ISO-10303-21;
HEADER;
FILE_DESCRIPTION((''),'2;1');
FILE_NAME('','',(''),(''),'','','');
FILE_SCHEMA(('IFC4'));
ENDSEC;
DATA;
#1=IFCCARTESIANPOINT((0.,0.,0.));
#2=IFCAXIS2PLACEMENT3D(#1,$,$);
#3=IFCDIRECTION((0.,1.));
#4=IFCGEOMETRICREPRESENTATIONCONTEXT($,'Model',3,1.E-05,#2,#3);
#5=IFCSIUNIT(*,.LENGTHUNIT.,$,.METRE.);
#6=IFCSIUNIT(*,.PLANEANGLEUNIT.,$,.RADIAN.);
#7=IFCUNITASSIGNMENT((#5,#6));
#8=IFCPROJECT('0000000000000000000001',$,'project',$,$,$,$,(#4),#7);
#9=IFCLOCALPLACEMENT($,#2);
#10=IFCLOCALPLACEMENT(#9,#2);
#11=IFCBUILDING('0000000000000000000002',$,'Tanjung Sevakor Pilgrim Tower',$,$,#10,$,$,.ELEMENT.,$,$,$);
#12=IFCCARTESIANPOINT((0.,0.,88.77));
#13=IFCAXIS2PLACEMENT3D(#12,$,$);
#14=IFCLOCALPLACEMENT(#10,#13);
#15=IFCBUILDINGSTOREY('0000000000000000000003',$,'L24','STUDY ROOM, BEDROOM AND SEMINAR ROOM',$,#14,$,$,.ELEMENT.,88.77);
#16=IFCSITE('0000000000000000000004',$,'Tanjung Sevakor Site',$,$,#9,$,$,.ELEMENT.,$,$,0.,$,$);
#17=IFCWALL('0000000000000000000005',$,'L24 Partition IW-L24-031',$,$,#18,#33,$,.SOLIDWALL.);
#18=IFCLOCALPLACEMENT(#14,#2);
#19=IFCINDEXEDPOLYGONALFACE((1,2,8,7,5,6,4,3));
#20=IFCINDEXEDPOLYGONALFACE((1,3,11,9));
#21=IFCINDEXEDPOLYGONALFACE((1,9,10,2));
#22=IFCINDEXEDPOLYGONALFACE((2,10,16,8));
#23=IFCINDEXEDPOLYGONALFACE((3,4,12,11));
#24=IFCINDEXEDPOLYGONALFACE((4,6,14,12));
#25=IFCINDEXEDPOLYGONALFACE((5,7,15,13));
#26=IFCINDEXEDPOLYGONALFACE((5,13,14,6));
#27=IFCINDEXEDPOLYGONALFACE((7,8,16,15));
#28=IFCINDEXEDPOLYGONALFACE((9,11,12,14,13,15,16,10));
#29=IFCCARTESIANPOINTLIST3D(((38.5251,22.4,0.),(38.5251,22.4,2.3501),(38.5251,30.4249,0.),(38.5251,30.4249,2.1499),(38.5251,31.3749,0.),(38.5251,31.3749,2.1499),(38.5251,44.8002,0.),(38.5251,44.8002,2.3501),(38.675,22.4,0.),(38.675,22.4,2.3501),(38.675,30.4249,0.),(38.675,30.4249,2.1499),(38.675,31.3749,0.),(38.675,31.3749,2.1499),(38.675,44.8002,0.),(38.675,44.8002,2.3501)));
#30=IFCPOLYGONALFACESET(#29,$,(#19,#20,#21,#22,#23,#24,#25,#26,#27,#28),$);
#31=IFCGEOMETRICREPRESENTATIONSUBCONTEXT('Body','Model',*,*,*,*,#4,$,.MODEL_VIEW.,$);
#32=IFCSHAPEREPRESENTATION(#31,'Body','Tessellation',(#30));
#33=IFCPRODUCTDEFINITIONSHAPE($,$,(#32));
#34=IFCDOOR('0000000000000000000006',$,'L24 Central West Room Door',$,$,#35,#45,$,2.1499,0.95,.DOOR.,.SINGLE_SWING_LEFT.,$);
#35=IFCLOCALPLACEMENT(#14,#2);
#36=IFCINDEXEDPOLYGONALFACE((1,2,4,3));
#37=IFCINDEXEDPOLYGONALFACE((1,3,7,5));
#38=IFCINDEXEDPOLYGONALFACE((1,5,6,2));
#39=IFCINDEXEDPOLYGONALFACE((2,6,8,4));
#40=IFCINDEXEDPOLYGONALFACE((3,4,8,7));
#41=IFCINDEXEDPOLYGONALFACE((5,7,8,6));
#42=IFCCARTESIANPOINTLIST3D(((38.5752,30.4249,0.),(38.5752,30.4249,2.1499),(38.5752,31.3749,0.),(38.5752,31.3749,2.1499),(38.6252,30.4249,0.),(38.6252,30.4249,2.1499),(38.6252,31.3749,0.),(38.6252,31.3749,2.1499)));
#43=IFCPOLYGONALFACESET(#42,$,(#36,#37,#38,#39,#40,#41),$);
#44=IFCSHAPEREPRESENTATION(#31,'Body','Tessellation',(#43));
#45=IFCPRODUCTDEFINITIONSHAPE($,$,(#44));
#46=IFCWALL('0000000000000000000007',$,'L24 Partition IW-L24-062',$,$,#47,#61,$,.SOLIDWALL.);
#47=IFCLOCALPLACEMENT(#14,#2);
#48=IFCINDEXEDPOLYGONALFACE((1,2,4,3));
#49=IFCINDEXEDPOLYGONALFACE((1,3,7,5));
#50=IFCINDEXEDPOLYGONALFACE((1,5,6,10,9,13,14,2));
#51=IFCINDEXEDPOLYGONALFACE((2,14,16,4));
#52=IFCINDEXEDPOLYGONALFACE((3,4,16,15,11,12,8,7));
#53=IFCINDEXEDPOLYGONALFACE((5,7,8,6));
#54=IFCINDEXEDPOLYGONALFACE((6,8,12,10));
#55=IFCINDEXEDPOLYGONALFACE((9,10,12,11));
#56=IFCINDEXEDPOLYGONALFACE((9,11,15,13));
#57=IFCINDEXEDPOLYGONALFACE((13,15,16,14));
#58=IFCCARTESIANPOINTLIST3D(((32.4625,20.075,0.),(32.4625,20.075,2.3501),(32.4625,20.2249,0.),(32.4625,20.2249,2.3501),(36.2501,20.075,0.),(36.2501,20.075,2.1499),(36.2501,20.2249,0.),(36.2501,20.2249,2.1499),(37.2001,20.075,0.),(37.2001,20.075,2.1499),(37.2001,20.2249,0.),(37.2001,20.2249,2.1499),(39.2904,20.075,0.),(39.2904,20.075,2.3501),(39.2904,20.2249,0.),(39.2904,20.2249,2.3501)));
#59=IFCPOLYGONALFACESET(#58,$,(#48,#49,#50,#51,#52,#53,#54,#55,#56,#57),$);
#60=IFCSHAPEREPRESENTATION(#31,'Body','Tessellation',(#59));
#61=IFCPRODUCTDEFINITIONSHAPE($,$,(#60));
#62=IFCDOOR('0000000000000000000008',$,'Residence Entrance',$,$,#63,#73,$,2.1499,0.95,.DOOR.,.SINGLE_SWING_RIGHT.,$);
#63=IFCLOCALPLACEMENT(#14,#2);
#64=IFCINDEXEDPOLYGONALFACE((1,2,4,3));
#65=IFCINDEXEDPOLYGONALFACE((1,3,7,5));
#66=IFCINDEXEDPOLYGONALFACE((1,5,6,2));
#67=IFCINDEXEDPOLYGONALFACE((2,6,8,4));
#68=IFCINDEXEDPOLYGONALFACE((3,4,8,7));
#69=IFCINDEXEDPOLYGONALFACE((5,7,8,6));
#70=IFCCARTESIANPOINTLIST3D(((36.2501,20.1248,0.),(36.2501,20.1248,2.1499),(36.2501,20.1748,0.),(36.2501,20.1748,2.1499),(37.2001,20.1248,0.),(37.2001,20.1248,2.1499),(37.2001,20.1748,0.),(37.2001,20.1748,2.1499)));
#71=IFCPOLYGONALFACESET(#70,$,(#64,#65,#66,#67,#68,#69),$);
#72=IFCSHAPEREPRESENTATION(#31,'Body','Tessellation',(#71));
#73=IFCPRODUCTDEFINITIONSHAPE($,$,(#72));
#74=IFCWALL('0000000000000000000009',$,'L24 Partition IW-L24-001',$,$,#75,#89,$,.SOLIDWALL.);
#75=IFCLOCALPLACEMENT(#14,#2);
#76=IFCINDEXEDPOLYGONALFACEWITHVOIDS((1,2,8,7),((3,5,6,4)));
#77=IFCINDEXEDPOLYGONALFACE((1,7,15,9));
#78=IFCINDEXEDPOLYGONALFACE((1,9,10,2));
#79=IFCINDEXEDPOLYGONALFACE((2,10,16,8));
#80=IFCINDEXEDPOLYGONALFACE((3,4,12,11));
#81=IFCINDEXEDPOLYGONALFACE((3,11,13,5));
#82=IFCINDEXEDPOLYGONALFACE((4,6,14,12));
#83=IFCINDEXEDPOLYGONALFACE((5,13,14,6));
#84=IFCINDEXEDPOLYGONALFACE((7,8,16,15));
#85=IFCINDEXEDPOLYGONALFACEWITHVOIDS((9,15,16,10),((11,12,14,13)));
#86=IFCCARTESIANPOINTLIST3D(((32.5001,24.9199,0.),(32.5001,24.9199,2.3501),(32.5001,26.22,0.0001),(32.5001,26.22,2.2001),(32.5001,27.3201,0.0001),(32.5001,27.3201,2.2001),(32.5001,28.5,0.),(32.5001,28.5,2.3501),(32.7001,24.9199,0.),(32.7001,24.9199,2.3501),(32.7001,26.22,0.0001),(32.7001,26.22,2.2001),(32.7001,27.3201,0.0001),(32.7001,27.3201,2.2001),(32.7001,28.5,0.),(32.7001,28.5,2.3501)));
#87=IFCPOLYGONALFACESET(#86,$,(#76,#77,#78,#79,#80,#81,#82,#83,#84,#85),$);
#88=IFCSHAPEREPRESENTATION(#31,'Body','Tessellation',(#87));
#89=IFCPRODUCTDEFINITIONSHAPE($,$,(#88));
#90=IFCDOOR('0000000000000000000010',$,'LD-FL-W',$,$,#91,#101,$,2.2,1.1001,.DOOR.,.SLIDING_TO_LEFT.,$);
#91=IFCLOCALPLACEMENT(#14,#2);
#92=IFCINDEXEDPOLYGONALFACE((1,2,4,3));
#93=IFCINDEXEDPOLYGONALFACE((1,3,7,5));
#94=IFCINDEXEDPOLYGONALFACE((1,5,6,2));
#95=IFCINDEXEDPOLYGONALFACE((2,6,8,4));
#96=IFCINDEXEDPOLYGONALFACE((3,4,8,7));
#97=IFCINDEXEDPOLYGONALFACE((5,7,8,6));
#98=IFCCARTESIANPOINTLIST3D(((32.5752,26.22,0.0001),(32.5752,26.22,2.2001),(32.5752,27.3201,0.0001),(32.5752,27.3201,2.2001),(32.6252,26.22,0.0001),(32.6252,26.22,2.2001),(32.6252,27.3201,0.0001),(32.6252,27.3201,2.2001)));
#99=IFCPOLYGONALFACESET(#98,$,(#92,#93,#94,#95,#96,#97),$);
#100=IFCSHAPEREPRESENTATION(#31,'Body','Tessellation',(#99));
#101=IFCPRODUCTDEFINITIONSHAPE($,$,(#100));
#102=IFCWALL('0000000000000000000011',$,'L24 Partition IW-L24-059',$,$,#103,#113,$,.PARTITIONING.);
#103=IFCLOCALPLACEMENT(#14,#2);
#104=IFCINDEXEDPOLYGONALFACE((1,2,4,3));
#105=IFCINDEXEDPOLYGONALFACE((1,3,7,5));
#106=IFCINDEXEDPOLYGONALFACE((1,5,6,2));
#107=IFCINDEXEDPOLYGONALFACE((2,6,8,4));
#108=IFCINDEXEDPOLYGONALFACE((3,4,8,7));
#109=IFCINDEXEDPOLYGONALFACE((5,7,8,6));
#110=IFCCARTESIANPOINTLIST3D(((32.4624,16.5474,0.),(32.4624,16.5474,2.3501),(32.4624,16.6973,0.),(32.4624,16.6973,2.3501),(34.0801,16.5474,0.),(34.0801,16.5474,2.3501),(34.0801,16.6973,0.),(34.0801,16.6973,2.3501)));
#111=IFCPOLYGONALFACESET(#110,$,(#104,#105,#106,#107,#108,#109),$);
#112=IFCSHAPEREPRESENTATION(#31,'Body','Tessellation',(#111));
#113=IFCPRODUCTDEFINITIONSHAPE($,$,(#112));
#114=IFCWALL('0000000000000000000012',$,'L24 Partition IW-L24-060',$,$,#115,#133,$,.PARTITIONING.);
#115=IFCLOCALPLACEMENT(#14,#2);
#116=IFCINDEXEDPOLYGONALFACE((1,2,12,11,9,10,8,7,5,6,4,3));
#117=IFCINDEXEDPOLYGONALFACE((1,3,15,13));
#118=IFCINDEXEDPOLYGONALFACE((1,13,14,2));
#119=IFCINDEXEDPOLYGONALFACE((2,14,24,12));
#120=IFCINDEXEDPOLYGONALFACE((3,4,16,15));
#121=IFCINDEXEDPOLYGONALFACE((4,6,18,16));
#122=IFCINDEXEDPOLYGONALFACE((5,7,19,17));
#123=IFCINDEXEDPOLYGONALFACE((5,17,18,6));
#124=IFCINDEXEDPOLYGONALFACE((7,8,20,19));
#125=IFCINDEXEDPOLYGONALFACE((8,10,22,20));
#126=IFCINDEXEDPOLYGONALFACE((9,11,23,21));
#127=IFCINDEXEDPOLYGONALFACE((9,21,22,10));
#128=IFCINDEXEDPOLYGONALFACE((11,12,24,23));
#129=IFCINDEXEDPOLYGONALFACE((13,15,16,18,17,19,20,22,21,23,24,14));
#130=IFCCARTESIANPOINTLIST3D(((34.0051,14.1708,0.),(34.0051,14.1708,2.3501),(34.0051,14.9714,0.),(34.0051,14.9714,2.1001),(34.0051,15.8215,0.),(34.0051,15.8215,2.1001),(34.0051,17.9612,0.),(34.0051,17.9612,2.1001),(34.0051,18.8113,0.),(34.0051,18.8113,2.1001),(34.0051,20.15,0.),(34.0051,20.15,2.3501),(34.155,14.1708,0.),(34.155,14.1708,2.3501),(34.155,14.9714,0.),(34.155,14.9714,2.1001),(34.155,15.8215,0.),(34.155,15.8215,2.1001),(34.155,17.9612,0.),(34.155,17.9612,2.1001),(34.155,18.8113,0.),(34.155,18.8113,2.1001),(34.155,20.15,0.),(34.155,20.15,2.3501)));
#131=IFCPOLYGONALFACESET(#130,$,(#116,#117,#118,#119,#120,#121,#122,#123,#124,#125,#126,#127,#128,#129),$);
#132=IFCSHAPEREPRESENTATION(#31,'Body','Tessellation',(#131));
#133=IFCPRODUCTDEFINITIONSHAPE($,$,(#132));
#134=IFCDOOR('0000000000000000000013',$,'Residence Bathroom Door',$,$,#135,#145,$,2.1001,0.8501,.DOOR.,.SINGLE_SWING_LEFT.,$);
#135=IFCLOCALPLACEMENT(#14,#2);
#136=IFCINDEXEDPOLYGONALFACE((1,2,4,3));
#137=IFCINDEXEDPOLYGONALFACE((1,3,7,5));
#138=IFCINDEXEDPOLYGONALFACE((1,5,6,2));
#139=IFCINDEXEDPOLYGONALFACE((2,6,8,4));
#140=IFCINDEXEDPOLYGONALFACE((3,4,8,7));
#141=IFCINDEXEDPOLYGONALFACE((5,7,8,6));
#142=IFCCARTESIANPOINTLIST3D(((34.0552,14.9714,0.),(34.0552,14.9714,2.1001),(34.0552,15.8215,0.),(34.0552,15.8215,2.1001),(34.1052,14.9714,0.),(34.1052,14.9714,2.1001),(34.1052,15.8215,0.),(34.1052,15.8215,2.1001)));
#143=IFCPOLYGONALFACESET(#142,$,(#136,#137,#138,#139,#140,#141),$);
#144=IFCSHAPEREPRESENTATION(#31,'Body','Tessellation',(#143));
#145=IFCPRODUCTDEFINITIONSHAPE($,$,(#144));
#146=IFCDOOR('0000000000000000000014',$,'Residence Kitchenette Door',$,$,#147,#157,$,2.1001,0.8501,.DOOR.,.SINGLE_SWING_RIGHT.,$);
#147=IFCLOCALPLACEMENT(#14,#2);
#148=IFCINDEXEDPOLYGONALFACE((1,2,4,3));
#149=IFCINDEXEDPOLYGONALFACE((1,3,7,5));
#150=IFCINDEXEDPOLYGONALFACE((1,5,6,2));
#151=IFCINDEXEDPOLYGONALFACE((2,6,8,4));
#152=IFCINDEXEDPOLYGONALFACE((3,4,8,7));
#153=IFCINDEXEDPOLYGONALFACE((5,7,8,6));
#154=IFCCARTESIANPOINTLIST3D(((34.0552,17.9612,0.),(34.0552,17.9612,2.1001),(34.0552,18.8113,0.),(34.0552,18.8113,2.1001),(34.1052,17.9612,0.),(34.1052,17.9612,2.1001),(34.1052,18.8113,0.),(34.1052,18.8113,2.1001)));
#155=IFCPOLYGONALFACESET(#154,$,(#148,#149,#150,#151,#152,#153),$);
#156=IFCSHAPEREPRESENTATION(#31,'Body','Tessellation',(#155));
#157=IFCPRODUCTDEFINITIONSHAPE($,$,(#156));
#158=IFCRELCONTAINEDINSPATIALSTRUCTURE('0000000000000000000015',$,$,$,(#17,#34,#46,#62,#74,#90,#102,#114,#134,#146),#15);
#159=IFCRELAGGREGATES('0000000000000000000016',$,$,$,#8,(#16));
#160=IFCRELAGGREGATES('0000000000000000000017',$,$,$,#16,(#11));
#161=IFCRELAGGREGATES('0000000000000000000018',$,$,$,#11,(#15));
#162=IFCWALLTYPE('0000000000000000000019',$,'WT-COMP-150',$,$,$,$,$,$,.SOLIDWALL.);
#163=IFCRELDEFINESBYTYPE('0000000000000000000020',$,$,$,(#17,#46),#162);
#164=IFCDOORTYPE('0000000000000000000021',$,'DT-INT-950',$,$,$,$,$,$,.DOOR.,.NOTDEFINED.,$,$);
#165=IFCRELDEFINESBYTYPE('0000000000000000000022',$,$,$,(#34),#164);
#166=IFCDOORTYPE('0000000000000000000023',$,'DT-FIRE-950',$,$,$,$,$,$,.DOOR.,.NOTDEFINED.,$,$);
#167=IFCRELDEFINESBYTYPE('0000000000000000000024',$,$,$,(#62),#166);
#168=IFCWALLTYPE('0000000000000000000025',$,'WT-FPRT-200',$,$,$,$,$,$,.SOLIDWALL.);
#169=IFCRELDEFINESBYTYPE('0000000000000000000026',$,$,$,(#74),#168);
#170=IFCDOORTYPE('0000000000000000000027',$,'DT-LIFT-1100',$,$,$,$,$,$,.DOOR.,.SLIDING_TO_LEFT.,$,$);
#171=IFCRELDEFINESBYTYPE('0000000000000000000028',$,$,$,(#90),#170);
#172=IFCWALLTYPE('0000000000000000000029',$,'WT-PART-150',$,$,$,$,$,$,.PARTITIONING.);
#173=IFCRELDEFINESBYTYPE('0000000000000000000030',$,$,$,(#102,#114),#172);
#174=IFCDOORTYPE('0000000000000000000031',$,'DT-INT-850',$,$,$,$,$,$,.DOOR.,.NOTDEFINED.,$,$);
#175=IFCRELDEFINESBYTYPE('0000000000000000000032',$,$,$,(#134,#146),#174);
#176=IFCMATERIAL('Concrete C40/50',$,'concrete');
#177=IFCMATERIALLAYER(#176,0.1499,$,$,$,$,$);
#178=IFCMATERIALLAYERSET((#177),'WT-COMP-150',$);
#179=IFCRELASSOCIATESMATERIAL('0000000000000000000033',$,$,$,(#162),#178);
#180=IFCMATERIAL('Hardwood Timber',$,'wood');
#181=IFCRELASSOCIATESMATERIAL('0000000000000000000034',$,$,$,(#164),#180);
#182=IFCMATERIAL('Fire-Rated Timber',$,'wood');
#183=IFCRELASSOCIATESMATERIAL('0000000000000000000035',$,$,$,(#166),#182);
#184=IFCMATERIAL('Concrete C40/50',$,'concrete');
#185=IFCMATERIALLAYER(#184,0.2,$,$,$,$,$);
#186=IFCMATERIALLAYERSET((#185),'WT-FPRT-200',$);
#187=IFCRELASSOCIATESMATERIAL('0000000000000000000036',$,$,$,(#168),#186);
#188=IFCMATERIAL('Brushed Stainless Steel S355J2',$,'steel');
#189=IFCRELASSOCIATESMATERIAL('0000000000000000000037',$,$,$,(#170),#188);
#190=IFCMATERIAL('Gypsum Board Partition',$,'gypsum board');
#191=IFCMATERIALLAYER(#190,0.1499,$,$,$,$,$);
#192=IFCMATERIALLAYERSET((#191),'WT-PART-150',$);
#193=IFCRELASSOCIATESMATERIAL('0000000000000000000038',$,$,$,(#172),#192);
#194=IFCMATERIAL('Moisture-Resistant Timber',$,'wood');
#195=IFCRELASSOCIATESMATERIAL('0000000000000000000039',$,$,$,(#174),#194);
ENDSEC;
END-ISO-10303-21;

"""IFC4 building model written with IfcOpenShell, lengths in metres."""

from ifc_helpers import new_model, si_unit, direction, frame, frame_2d, origin, place, context, subcontext, project, spatial, rectangle, extrude, material, layer, layer_set, type_object, element, fill, save


model = new_model("IFC4")

# Units and contexts
model_context = context("Model", 3, precision=1e-05, world=origin(), true_north=direction((0.0, 1.0)))
body_context = subcontext(model_context, "Body", "Model", "MODEL_VIEW")
ifc_project = project(units=[si_unit("LENGTHUNIT", "METRE"), si_unit("PLANEANGLEUNIT", "RADIAN")], contexts=[model_context])

# Site, building, storey
site_placement = place(None, origin())
site = spatial("IfcSite", under=ifc_project, at=site_placement, Name="Tanjung Sevakor Site", CompositionType="ELEMENT", RefElevation=0.0)
building_placement = place(site_placement, origin())
building = spatial("IfcBuilding", under=site, at=building_placement, Name="Tanjung Sevakor Pilgrim Tower", CompositionType="ELEMENT")
storey_placement = place(building_placement, frame((0.0, 0.0, 88.77)))
storey = spatial("IfcBuildingStorey", under=building, at=storey_placement, Name="L24", Description="STUDY ROOM, BEDROOM AND SEMINAR ROOM", CompositionType="ELEMENT", Elevation=88.77)

# Shared definitions
ifc_material_1 = material(Name="Concrete C40/50", Category="concrete")
ifc_layer_1 = layer(ifc_material_1, 0.1499)
ifc_layer_set_1 = layer_set([ifc_layer_1], Name="WT-COMP-150")
wall_type_1 = type_object("IfcWallType", Name="WT-COMP-150", PredefinedType="SOLIDWALL", material=ifc_layer_set_1)

# Walls, openings, doors
wall_1_placement = place(storey_placement, frame((38.6001, 22.3999, 0.0), z_axis=(0.0, 0.0, 1.0), x_axis=(0.0, 1.0, 0.0)))
wall_1 = element("IfcWall", 1, at=wall_1_placement, inside=storey, type_object=wall_type_1, Name="L24 Partition IW-L24-031", PredefinedType="SOLIDWALL", context=body_context, shape_type="SweptSolid", body=[
    extrude(rectangle(XDim=22.4001, YDim=0.1499, at=frame_2d((11.2002, 0.0))), origin(), (0.0, 0.0, 1.0), 2.3501),
])
opening_1_placement = place(wall_1_placement, frame((8.0249, 0.0, 0.0)))
opening_1 = element("IfcOpeningElement", 2, at=opening_1_placement, cuts=wall_1, PredefinedType="OPENING", context=body_context, shape_type="SweptSolid", body=[
    extrude(rectangle(XDim=0.95, YDim=2.1499, at=frame_2d((0.4751, 1.075))), frame((0.0, 0.085, 0.0), z_axis=(0.0, -1.0, 0.0), x_axis=(1.0, 0.0, 0.0)), (0.0, 0.0, 1.0), 0.1699),
])
ifc_material_2 = material(Name="Hardwood Timber", Category="wood")
door_type_1 = type_object("IfcDoorType", Name="DT-INT-950", OperationType="NOTDEFINED", PredefinedType="DOOR", material=ifc_material_2)
door_1_placement = place(opening_1_placement, origin())
door_1 = element("IfcDoor", 3, at=door_1_placement, inside=storey, type_object=door_type_1, Name="L24 Central West Room Door", OperationType="SINGLE_SWING_LEFT", OverallHeight=2.1499, OverallWidth=0.95, PredefinedType="DOOR", context=body_context, shape_type="SweptSolid", body=[
    extrude(rectangle(XDim=0.95, YDim=2.1499, at=frame_2d((0.4751, 1.075))), frame((0.0, 0.0249, 0.0), z_axis=(0.0, -1.0, 0.0), x_axis=(1.0, 0.0, 0.0)), (0.0, 0.0, 1.0), 0.05),
])
fill(opening_1, door_1)
wall_2_placement = place(storey_placement, frame((32.4624, 20.1499, 0.0), z_axis=(0.0, 0.0, 1.0), x_axis=(1.0, 0.0, 0.0)))
wall_2 = element("IfcWall", 4, at=wall_2_placement, inside=storey, type_object=wall_type_1, Name="L24 Partition IW-L24-062", PredefinedType="SOLIDWALL", context=body_context, shape_type="SweptSolid", body=[
    extrude(rectangle(XDim=6.8279, YDim=0.1499, at=frame_2d((3.4141, 0.0))), origin(), (0.0, 0.0, 1.0), 2.3501),
])
opening_2_placement = place(wall_2_placement, frame((3.7876, 0.0, 0.0)))
opening_2 = element("IfcOpeningElement", 5, at=opening_2_placement, cuts=wall_2, PredefinedType="OPENING", context=body_context, shape_type="SweptSolid", body=[
    extrude(rectangle(XDim=0.95, YDim=2.1499, at=frame_2d((0.4751, 1.075))), frame((0.0, 0.085, 0.0), z_axis=(0.0, -1.0, 0.0), x_axis=(1.0, 0.0, 0.0)), (0.0, 0.0, 1.0), 0.1699),
])
ifc_material_3 = material(Name="Fire-Rated Timber", Category="wood")
door_type_2 = type_object("IfcDoorType", Name="DT-FIRE-950", OperationType="NOTDEFINED", PredefinedType="DOOR", material=ifc_material_3)
door_2_placement = place(opening_2_placement, origin())
door_2 = element("IfcDoor", 6, at=door_2_placement, inside=storey, type_object=door_type_2, Name="Residence Entrance", OperationType="SINGLE_SWING_RIGHT", OverallHeight=2.1499, OverallWidth=0.95, PredefinedType="DOOR", context=body_context, shape_type="SweptSolid", body=[
    extrude(rectangle(XDim=0.95, YDim=2.1499, at=frame_2d((0.4751, 1.075))), frame((0.0, 0.0249, 0.0), z_axis=(0.0, -1.0, 0.0), x_axis=(1.0, 0.0, 0.0)), (0.0, 0.0, 1.0), 0.05),
])
fill(opening_2, door_2)
ifc_material_4 = material(Name="Concrete C40/50", Category="concrete")
ifc_layer_2 = layer(ifc_material_4, 0.2)
ifc_layer_set_2 = layer_set([ifc_layer_2], Name="WT-FPRT-200")
wall_type_2 = type_object("IfcWallType", Name="WT-FPRT-200", PredefinedType="SOLIDWALL", material=ifc_layer_set_2)
wall_3_placement = place(storey_placement, frame((32.6001, 24.9199, 0.0), z_axis=(0.0, 0.0, 1.0), x_axis=(0.0, 1.0, 0.0)))
wall_3 = element("IfcWall", 7, at=wall_3_placement, inside=storey, type_object=wall_type_2, Name="L24 Partition IW-L24-001", PredefinedType="SOLIDWALL", context=body_context, shape_type="SweptSolid", body=[
    extrude(rectangle(XDim=3.5801, YDim=0.2, at=frame_2d((1.79, 0.0))), origin(), (0.0, 0.0, 1.0), 2.3501),
])
opening_3_placement = place(wall_3_placement, frame((1.3, 0.0, 0.0)))
opening_3 = element("IfcOpeningElement", 8, at=opening_3_placement, cuts=wall_3, PredefinedType="OPENING", context=body_context, shape_type="SweptSolid", body=[
    extrude(rectangle(XDim=1.1001, YDim=2.2, at=frame_2d((0.55, 1.1001))), frame((0.0, 0.1099, 0.0), z_axis=(0.0, -1.0, 0.0), x_axis=(1.0, 0.0, 0.0)), (0.0, 0.0, 1.0), 0.22),
])
ifc_material_5 = material(Name="Brushed Stainless Steel S355J2", Category="steel")
door_type_3 = type_object("IfcDoorType", Name="DT-LIFT-1100", OperationType="SLIDING_TO_LEFT", PredefinedType="DOOR", material=ifc_material_5)
door_3_placement = place(opening_3_placement, origin())
door_3 = element("IfcDoor", 9, at=door_3_placement, inside=storey, type_object=door_type_3, Name="LD-FL-W", OperationType="SLIDING_TO_LEFT", OverallHeight=2.2, OverallWidth=1.1001, PredefinedType="DOOR", context=body_context, shape_type="SweptSolid", body=[
    extrude(rectangle(XDim=1.1001, YDim=2.2, at=frame_2d((0.55, 1.1001))), frame((0.0, 0.0249, 0.0), z_axis=(0.0, -1.0, 0.0), x_axis=(1.0, 0.0, 0.0)), (0.0, 0.0, 1.0), 0.05),
])
fill(opening_3, door_3)

# Wall
ifc_material_6 = material(Name="Gypsum Board Partition", Category="gypsum board")
ifc_layer_3 = layer(ifc_material_6, 0.1499)
ifc_layer_set_3 = layer_set([ifc_layer_3], Name="WT-PART-150")
wall_type_3 = type_object("IfcWallType", Name="WT-PART-150", PredefinedType="PARTITIONING", material=ifc_layer_set_3)
wall_4_placement = place(storey_placement, frame((32.4624, 16.6223, 0.0), z_axis=(0.0, 0.0, 1.0), x_axis=(1.0, 0.0, 0.0)))
element("IfcWall", 10, at=wall_4_placement, inside=storey, type_object=wall_type_3, Name="L24 Partition IW-L24-059", PredefinedType="PARTITIONING", context=body_context, shape_type="SweptSolid", body=[
    extrude(rectangle(XDim=1.6177, YDim=0.1499, at=frame_2d((0.8088, 0.0))), origin(), (0.0, 0.0, 1.0), 2.3501),
])

# Wall, openings, doors
wall_5_placement = place(storey_placement, frame((34.0801, 14.1707, 0.0), z_axis=(0.0, 0.0, 1.0), x_axis=(0.0, 1.0, 0.0)))
wall_5 = element("IfcWall", 11, at=wall_5_placement, inside=storey, type_object=wall_type_3, Name="L24 Partition IW-L24-060", PredefinedType="PARTITIONING", context=body_context, shape_type="SweptSolid", body=[
    extrude(rectangle(XDim=5.9792, YDim=0.1499, at=frame_2d((2.9897, 0.0))), origin(), (0.0, 0.0, 1.0), 2.3501),
])
opening_4_placement = place(wall_5_placement, frame((0.8008, 0.0, 0.0)))
opening_4 = element("IfcOpeningElement", 12, at=opening_4_placement, cuts=wall_5, PredefinedType="OPENING", context=body_context, shape_type="SweptSolid", body=[
    extrude(rectangle(XDim=0.8501, YDim=2.1001, at=frame_2d((0.425, 1.05))), frame((0.0, 0.085, 0.0), z_axis=(0.0, -1.0, 0.0), x_axis=(1.0, 0.0, 0.0)), (0.0, 0.0, 1.0), 0.1699),
])
opening_5_placement = place(wall_5_placement, frame((3.7905, 0.0, 0.0)))
opening_5 = element("IfcOpeningElement", 13, at=opening_5_placement, cuts=wall_5, PredefinedType="OPENING", context=body_context, shape_type="SweptSolid", body=[
    extrude(rectangle(XDim=0.8501, YDim=2.1001, at=frame_2d((0.425, 1.05))), frame((0.0, 0.085, 0.0), z_axis=(0.0, -1.0, 0.0), x_axis=(1.0, 0.0, 0.0)), (0.0, 0.0, 1.0), 0.1699),
])
ifc_material_7 = material(Name="Moisture-Resistant Timber", Category="wood")
door_type_4 = type_object("IfcDoorType", Name="DT-INT-850", OperationType="NOTDEFINED", PredefinedType="DOOR", material=ifc_material_7)
door_4_placement = place(opening_4_placement, origin())
door_4 = element("IfcDoor", 14, at=door_4_placement, inside=storey, type_object=door_type_4, Name="Residence Bathroom Door", OperationType="SINGLE_SWING_LEFT", OverallHeight=2.1001, OverallWidth=0.8501, PredefinedType="DOOR", context=body_context, shape_type="SweptSolid", body=[
    extrude(rectangle(XDim=0.8501, YDim=2.1001, at=frame_2d((0.425, 1.05))), frame((0.0, 0.0249, 0.0), z_axis=(0.0, -1.0, 0.0), x_axis=(1.0, 0.0, 0.0)), (0.0, 0.0, 1.0), 0.05),
])
fill(opening_4, door_4)
door_5_placement = place(opening_5_placement, origin())
door_5 = element("IfcDoor", 15, at=door_5_placement, inside=storey, type_object=door_type_4, Name="Residence Kitchenette Door", OperationType="SINGLE_SWING_RIGHT", OverallHeight=2.1001, OverallWidth=0.8501, PredefinedType="DOOR", context=body_context, shape_type="SweptSolid", body=[
    extrude(rectangle(XDim=0.8501, YDim=2.1001, at=frame_2d((0.425, 1.05))), frame((0.0, 0.0249, 0.0), z_axis=(0.0, -1.0, 0.0), x_axis=(1.0, 0.0, 0.0)), (0.0, 0.0, 1.0), 0.05),
])
fill(opening_5, door_5)

save(model, "model.ifc")
